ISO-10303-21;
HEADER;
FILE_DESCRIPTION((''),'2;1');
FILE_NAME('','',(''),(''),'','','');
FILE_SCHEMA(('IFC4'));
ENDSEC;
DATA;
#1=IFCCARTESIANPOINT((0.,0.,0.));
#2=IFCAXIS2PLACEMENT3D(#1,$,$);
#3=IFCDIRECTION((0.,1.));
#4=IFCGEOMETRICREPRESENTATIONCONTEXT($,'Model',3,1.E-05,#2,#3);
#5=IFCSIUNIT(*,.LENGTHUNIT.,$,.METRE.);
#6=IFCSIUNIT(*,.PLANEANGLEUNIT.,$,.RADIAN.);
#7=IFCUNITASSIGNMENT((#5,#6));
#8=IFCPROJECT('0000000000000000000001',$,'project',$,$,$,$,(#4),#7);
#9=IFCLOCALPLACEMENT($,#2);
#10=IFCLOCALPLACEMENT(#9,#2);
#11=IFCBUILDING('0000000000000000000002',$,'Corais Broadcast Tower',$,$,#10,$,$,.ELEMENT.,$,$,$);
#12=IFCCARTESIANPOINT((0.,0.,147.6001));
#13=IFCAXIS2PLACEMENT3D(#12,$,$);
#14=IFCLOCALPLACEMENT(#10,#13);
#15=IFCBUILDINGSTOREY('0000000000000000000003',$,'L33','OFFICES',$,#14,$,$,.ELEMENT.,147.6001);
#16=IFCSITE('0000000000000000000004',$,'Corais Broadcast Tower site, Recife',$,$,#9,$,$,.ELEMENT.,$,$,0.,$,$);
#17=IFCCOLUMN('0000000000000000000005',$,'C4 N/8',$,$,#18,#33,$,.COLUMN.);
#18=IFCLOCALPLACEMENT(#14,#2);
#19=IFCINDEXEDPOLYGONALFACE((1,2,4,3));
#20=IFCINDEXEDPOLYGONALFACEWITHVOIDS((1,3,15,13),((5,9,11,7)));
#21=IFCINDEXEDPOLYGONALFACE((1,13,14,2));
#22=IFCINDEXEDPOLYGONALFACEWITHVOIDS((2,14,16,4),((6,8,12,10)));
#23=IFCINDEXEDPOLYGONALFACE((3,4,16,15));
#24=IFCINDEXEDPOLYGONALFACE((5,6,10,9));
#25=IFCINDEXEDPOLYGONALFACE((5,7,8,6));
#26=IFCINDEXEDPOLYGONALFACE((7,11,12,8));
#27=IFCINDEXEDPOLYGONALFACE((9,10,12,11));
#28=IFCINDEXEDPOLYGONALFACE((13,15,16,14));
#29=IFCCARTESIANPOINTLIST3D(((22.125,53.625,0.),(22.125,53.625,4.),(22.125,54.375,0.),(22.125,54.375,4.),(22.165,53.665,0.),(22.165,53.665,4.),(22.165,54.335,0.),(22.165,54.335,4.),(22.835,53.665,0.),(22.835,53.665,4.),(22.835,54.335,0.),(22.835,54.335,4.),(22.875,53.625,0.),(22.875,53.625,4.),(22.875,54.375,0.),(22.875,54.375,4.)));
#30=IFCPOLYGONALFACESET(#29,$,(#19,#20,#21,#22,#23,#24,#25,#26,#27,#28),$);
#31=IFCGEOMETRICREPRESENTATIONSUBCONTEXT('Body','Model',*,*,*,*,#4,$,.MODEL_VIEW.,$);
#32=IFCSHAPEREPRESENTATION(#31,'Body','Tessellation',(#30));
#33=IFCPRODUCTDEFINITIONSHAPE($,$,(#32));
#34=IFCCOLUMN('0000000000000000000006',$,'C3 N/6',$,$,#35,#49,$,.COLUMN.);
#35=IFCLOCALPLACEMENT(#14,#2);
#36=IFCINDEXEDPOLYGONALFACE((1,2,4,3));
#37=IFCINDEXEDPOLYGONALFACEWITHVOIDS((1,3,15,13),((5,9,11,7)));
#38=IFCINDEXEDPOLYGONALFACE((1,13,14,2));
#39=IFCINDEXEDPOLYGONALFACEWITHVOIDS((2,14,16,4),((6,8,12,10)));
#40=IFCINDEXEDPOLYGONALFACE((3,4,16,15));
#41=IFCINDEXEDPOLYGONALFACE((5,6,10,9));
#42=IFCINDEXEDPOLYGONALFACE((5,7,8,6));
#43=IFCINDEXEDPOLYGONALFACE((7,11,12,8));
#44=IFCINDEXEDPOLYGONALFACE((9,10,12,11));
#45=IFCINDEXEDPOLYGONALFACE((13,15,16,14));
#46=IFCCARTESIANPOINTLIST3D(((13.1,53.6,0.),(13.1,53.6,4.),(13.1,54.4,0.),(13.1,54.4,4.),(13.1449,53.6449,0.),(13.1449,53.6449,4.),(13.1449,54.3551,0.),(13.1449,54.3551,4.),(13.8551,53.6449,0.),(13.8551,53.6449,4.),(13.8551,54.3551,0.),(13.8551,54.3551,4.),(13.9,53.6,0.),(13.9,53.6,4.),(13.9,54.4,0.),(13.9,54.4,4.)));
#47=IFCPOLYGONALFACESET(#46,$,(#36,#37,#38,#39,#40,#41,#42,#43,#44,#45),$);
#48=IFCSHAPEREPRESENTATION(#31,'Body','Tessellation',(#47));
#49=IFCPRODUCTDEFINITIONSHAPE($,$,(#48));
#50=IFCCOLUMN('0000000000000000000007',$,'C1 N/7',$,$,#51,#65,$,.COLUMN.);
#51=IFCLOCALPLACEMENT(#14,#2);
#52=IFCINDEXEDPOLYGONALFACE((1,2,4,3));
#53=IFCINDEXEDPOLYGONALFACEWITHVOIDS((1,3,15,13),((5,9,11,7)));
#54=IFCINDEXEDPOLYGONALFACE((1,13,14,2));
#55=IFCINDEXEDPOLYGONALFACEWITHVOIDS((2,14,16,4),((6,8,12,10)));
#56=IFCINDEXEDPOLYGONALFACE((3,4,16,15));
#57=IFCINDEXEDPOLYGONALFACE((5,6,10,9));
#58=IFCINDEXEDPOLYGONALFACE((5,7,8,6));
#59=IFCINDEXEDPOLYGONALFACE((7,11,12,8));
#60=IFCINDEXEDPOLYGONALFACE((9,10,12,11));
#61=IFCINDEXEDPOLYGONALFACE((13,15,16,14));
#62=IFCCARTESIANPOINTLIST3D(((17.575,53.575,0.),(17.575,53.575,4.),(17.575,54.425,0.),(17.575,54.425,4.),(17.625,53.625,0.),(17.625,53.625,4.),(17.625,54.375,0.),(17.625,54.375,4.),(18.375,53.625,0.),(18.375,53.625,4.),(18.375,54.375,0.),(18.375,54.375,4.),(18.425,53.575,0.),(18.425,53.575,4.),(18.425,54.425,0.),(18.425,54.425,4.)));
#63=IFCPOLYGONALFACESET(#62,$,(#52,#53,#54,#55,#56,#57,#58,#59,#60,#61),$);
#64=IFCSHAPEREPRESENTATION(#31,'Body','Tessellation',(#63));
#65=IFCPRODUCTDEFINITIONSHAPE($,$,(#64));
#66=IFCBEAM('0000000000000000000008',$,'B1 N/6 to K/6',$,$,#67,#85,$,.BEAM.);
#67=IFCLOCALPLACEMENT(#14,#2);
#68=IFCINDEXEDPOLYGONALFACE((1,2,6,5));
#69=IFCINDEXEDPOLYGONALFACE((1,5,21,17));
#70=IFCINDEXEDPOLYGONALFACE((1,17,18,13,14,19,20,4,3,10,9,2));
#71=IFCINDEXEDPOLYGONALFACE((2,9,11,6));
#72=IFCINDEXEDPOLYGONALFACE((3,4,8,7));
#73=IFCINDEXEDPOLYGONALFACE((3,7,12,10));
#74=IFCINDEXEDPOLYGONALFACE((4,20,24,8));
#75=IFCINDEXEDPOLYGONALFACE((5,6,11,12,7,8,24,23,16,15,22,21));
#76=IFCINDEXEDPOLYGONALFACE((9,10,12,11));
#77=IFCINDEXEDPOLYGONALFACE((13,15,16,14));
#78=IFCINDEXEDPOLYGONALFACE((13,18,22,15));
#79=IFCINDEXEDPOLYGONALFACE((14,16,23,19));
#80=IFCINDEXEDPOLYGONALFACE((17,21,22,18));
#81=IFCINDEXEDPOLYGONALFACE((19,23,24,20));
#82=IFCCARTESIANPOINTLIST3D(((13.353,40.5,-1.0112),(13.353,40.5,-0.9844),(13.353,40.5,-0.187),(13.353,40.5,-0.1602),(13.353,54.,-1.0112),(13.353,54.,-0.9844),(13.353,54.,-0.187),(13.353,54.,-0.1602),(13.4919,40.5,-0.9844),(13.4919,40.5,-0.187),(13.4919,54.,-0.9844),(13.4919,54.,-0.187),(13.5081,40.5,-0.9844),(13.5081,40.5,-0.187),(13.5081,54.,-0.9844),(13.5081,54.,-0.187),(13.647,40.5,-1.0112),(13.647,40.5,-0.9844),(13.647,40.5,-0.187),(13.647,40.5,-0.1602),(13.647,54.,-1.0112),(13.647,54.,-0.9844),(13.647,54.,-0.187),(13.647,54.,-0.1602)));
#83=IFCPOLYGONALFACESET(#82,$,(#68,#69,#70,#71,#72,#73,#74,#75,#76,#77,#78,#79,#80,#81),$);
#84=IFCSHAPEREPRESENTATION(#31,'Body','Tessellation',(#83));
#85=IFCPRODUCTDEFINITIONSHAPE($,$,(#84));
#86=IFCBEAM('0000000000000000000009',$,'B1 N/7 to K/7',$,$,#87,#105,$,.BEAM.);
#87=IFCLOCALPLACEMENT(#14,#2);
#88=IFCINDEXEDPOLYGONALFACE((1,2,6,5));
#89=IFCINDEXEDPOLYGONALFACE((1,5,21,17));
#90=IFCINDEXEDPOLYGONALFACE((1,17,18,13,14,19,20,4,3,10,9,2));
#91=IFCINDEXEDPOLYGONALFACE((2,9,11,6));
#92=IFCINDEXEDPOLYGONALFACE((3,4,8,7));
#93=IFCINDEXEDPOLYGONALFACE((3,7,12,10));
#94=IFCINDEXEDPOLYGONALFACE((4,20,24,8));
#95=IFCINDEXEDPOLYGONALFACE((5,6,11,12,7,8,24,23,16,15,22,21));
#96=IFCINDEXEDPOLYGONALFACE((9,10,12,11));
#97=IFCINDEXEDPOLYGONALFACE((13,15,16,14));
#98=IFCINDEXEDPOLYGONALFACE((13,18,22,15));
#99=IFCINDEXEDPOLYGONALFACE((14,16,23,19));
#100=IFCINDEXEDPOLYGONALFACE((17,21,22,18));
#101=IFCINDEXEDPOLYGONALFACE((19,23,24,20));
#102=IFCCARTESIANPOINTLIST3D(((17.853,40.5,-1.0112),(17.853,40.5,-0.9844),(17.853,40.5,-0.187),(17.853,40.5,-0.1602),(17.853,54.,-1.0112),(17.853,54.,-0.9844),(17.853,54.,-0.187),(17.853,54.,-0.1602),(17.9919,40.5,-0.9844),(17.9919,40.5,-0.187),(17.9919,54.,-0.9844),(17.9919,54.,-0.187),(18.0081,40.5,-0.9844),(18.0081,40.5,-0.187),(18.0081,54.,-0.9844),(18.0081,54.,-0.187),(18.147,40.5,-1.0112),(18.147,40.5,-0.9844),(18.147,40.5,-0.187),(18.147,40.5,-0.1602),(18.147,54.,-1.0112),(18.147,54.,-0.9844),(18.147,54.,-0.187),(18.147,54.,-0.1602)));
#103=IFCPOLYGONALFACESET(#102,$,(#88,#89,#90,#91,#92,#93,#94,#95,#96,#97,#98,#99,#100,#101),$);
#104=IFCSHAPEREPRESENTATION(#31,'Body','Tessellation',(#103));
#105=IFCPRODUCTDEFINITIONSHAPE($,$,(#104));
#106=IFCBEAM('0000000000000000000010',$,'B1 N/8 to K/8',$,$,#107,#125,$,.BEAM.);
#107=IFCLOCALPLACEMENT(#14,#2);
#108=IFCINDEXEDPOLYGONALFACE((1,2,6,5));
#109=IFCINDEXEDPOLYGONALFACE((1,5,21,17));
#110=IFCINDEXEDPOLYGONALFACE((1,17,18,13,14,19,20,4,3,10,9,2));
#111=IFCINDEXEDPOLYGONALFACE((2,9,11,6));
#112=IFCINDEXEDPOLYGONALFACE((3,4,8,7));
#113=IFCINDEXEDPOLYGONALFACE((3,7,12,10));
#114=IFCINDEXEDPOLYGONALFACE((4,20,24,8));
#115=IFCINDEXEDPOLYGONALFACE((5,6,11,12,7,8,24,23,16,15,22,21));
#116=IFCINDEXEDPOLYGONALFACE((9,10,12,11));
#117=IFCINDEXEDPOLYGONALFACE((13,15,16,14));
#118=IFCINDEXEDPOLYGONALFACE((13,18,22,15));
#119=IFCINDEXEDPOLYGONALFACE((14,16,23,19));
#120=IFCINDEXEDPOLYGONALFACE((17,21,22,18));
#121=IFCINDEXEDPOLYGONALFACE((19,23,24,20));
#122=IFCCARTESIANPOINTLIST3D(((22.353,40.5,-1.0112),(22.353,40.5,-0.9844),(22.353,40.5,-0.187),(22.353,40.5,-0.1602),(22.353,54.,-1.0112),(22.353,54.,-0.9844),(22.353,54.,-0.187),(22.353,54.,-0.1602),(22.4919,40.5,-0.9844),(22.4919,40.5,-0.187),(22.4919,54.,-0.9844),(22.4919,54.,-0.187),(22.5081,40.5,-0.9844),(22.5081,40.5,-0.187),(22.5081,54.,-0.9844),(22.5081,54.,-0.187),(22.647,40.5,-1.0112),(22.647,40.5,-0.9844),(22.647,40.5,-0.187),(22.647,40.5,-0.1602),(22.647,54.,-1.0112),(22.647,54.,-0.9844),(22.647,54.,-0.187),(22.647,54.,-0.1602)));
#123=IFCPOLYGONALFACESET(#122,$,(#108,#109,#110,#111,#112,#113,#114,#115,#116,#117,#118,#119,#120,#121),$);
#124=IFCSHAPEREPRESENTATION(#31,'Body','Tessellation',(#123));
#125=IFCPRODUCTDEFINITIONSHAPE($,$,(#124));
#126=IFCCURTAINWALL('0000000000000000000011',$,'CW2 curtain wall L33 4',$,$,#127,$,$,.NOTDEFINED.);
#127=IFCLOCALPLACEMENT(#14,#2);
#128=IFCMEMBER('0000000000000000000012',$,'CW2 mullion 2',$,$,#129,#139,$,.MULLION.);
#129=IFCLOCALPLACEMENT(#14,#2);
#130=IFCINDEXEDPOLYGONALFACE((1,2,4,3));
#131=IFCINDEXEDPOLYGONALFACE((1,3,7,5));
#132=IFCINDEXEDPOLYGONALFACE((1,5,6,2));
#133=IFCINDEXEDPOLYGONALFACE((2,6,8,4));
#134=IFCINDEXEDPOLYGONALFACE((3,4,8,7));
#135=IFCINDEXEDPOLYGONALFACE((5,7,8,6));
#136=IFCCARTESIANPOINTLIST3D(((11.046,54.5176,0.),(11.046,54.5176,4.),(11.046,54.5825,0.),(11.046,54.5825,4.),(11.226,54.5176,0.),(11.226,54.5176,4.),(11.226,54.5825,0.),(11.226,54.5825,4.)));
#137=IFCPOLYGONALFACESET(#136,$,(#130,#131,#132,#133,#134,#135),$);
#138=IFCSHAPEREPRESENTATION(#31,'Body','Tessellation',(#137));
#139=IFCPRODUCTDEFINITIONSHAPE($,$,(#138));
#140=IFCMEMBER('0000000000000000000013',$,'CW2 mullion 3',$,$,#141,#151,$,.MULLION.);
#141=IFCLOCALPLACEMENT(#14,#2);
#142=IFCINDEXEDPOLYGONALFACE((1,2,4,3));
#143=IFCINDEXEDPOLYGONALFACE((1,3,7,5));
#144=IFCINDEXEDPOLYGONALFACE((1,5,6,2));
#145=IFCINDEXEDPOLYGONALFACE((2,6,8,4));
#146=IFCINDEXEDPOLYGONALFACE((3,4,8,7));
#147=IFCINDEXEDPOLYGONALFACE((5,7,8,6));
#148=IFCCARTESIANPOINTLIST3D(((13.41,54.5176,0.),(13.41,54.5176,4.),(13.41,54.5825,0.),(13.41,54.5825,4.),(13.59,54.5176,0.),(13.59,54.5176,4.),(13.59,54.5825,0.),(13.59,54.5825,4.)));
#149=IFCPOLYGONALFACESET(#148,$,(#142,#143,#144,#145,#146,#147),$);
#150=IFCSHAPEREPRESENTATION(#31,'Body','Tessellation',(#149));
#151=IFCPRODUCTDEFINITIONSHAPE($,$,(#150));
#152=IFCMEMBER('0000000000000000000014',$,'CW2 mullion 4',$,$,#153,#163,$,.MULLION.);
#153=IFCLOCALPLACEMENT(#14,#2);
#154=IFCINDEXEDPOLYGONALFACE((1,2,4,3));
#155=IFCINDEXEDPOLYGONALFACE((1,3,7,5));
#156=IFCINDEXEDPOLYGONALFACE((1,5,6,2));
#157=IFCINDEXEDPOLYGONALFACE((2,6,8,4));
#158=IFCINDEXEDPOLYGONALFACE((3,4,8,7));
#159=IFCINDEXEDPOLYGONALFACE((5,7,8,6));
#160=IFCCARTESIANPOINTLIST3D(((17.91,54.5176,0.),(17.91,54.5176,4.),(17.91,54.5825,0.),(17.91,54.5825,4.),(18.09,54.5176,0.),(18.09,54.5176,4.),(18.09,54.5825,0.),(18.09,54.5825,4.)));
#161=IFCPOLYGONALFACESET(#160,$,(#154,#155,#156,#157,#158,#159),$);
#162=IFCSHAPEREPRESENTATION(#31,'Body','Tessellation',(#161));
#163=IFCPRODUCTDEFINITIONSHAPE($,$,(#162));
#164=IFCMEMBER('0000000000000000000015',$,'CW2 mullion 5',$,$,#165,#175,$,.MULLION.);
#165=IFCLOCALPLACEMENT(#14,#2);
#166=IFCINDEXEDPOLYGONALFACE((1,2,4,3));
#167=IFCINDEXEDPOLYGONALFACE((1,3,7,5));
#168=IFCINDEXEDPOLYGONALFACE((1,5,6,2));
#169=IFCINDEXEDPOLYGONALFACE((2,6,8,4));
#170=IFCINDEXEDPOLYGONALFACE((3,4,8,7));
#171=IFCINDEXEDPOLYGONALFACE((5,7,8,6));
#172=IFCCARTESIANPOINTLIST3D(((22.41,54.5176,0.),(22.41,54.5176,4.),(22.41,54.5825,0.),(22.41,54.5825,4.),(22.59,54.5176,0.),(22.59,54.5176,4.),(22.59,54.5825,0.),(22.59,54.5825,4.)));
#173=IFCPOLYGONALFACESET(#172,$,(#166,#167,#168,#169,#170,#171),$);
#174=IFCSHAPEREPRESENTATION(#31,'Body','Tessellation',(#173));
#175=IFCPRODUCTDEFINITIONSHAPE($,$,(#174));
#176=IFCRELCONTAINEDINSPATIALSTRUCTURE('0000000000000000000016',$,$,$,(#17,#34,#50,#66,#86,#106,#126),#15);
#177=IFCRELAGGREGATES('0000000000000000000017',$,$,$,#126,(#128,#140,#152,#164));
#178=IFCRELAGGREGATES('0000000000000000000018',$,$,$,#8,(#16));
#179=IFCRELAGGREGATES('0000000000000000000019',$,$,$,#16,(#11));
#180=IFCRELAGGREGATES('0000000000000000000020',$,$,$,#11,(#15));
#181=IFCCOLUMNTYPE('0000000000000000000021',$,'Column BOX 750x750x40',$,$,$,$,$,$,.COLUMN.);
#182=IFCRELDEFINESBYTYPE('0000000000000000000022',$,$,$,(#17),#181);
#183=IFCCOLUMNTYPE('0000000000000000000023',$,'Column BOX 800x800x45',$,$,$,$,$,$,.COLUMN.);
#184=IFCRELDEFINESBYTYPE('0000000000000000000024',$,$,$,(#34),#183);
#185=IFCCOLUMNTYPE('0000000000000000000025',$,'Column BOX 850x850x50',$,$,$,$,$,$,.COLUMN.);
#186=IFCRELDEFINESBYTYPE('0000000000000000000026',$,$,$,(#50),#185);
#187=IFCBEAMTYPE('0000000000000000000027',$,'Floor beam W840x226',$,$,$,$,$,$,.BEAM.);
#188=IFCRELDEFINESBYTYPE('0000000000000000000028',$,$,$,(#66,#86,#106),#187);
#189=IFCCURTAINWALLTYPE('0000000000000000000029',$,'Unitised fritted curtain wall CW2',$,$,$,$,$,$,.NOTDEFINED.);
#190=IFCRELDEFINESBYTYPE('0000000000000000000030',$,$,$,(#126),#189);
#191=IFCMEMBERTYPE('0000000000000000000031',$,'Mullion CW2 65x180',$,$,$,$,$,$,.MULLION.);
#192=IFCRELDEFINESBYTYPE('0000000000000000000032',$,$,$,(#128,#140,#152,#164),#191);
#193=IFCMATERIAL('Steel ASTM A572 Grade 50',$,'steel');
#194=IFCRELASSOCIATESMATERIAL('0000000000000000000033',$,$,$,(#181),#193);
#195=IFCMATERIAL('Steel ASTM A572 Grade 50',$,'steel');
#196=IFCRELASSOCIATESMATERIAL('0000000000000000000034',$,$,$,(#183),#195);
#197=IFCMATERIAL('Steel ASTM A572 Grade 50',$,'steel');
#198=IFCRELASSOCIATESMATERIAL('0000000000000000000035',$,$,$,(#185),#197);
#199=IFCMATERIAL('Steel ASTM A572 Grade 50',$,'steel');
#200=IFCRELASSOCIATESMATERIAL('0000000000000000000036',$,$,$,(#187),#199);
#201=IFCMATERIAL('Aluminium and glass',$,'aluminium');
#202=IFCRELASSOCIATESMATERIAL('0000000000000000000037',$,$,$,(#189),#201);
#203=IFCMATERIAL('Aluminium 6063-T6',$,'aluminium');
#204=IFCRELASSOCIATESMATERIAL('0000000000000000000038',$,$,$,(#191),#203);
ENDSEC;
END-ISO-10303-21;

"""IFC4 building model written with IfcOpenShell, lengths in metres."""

from ifc_helpers import new_model, si_unit, direction, frame, origin, origin_2d, place, context, subcontext, project, spatial, rectangle, hollow_rectangle, i_section, extrude, material, material_profile, profile_set, type_object, element, aggregate, save


model = new_model("IFC4")

# Units and contexts
model_context = context("Model", 3, precision=1e-05, world=origin(), true_north=direction((0.0, 1.0)))
body_context = subcontext(model_context, "Body", "Model", "MODEL_VIEW")
ifc_project = project(units=[si_unit("LENGTHUNIT", "METRE"), si_unit("PLANEANGLEUNIT", "RADIAN")], contexts=[model_context])

# Site, building, storey
site_placement = place(None, origin())
site = spatial("IfcSite", under=ifc_project, at=site_placement, Name="Corais Broadcast Tower site, Recife", CompositionType="ELEMENT", RefElevation=0.0)
building_placement = place(site_placement, origin())
building = spatial("IfcBuilding", under=site, at=building_placement, Name="Corais Broadcast Tower", CompositionType="ELEMENT")
storey_placement = place(building_placement, frame((0.0, 0.0, 147.6001)))
storey = spatial("IfcBuildingStorey", under=building, at=storey_placement, Name="L33", Description="OFFICES", CompositionType="ELEMENT", Elevation=147.6001)

# Columns
ifc_material_1 = material(Name="Steel ASTM A572 Grade 50", Category="steel")
ifc_material_profile_1 = material_profile(ifc_material_1, hollow_rectangle(XDim=0.75, YDim=0.75, WallThickness=0.04, at=origin_2d()), Name="BOX 750x750x40")
ifc_profile_set_1 = profile_set([ifc_material_profile_1], Name="Steel ASTM A572 Grade 50")
column_type_1 = type_object("IfcColumnType", Name="Column BOX 750x750x40", PredefinedType="COLUMN", material=ifc_profile_set_1)
column_1_placement = place(storey_placement, frame((22.5, 54.0, 0.0), z_axis=(0.0, 0.0, 1.0), x_axis=(1.0, 0.0, 0.0)))
element("IfcColumn", 1, at=column_1_placement, inside=storey, type_object=column_type_1, Name="C4 N/8", PredefinedType="COLUMN", context=body_context, shape_type="SweptSolid", body=[
    extrude(hollow_rectangle(XDim=0.75, YDim=0.75, WallThickness=0.04, at=origin_2d()), origin(), (0.0, 0.0, 1.0), 4.0),
])
ifc_material_2 = material(Name="Steel ASTM A572 Grade 50", Category="steel")
ifc_material_profile_2 = material_profile(ifc_material_2, hollow_rectangle(XDim=0.8, YDim=0.8, WallThickness=0.0449, at=origin_2d()), Name="BOX 800x800x45")
ifc_profile_set_2 = profile_set([ifc_material_profile_2], Name="Steel ASTM A572 Grade 50")
column_type_2 = type_object("IfcColumnType", Name="Column BOX 800x800x45", PredefinedType="COLUMN", material=ifc_profile_set_2)
column_2_placement = place(storey_placement, frame((13.5, 54.0, 0.0), z_axis=(0.0, 0.0, 1.0), x_axis=(1.0, 0.0, 0.0)))
element("IfcColumn", 2, at=column_2_placement, inside=storey, type_object=column_type_2, Name="C3 N/6", PredefinedType="COLUMN", context=body_context, shape_type="SweptSolid", body=[
    extrude(hollow_rectangle(XDim=0.8, YDim=0.8, WallThickness=0.0449, at=origin_2d()), origin(), (0.0, 0.0, 1.0), 4.0),
])
ifc_material_3 = material(Name="Steel ASTM A572 Grade 50", Category="steel")
ifc_material_profile_3 = material_profile(ifc_material_3, hollow_rectangle(XDim=0.8501, YDim=0.8501, WallThickness=0.05, at=origin_2d()), Name="BOX 850x850x50")
ifc_profile_set_3 = profile_set([ifc_material_profile_3], Name="Steel ASTM A572 Grade 50")
column_type_3 = type_object("IfcColumnType", Name="Column BOX 850x850x50", PredefinedType="COLUMN", material=ifc_profile_set_3)
column_3_placement = place(storey_placement, frame((18.0, 54.0, 0.0), z_axis=(0.0, 0.0, 1.0), x_axis=(1.0, 0.0, 0.0)))
element("IfcColumn", 3, at=column_3_placement, inside=storey, type_object=column_type_3, Name="C1 N/7", PredefinedType="COLUMN", context=body_context, shape_type="SweptSolid", body=[
    extrude(hollow_rectangle(XDim=0.8501, YDim=0.8501, WallThickness=0.05, at=origin_2d()), origin(), (0.0, 0.0, 1.0), 4.0),
])

# Beams
ifc_material_4 = material(Name="Steel ASTM A572 Grade 50", Category="steel")
ifc_material_profile_4 = material_profile(ifc_material_4, i_section(OverallWidth=0.2939, OverallDepth=0.8511, WebThickness=0.0161, FlangeThickness=0.0269, at=origin_2d()), Name="W840x226")
ifc_profile_set_4 = profile_set([ifc_material_profile_4], Name="Steel ASTM A572 Grade 50")
beam_type_1 = type_object("IfcBeamType", Name="Floor beam W840x226", PredefinedType="BEAM", material=ifc_profile_set_4)
for number, where, z_axis, x_axis, name in (
    (4, (13.5, 54.0, -0.5857), (0.0, -1.0, 0.0), (1.0, 0.0, 0.0), "B1 N/6 to K/6"),
    (5, (18.0, 54.0, -0.5857), (0.0, -1.0, 0.0), (1.0, 0.0, 0.0), "B1 N/7 to K/7"),
    (6, (22.5, 54.0, -0.5857), (0.0, -1.0, 0.0), (1.0, 0.0, 0.0), "B1 N/8 to K/8"),
):
    element("IfcBeam", number, at=place(storey_placement, frame(where, z_axis=z_axis, x_axis=x_axis)), inside=storey, type_object=beam_type_1, Name=name, PredefinedType="BEAM", context=body_context, shape_type="SweptSolid", body=[
        extrude(i_section(OverallWidth=0.2939, OverallDepth=0.8511, WebThickness=0.0161, FlangeThickness=0.0269, at=origin_2d()), origin(), (0.0, 0.0, 1.0), 13.5),
    ])

# Curtain wall, members
ifc_material_5 = material(Name="Aluminium and glass", Category="aluminium")
curtain_wall_type = type_object("IfcCurtainWallType", Name="Unitised fritted curtain wall CW2", PredefinedType="NOTDEFINED", material=ifc_material_5)
curtain_wall_placement = place(storey_placement, origin())
curtain_wall = element("IfcCurtainWall", 7, at=curtain_wall_placement, inside=storey, type_object=curtain_wall_type, Name="CW2 curtain wall L33 4", PredefinedType="NOTDEFINED")
ifc_material_6 = material(Name="Aluminium 6063-T6", Category="aluminium")
ifc_material_profile_5 = material_profile(ifc_material_6, rectangle(XDim=0.0649, YDim=0.1799, at=origin_2d()), Name="Mullion CW2 65x180")
ifc_profile_set_5 = profile_set([ifc_material_profile_5], Name="Aluminium 6063-T6")
member_type_1 = type_object("IfcMemberType", Name="Mullion CW2 65x180", PredefinedType="MULLION", material=ifc_profile_set_5)
member_1_placement = place(storey_placement, frame((11.136, 54.55, 0.0), z_axis=(0.0, 0.0, 1.0), x_axis=(0.0, 1.0, 0.0)))
member_1 = element("IfcMember", 8, at=member_1_placement, type_object=member_type_1, Name="CW2 mullion 2", PredefinedType="MULLION", context=body_context, shape_type="SweptSolid", body=[
    extrude(rectangle(XDim=0.0649, YDim=0.1799, at=origin_2d()), origin(), (0.0, 0.0, 1.0), 4.0),
])
member_2_placement = place(storey_placement, frame((13.5, 54.55, 0.0), z_axis=(0.0, 0.0, 1.0), x_axis=(0.0, 1.0, 0.0)))
member_2 = element("IfcMember", 9, at=member_2_placement, type_object=member_type_1, Name="CW2 mullion 3", PredefinedType="MULLION", context=body_context, shape_type="SweptSolid", body=[
    extrude(rectangle(XDim=0.0649, YDim=0.1799, at=origin_2d()), origin(), (0.0, 0.0, 1.0), 4.0),
])
member_3_placement = place(storey_placement, frame((18.0, 54.55, 0.0), z_axis=(0.0, 0.0, 1.0), x_axis=(0.0, 1.0, 0.0)))
member_3 = element("IfcMember", 10, at=member_3_placement, type_object=member_type_1, Name="CW2 mullion 4", PredefinedType="MULLION", context=body_context, shape_type="SweptSolid", body=[
    extrude(rectangle(XDim=0.0649, YDim=0.1799, at=origin_2d()), origin(), (0.0, 0.0, 1.0), 4.0),
])
member_4_placement = place(storey_placement, frame((22.5, 54.55, 0.0), z_axis=(0.0, 0.0, 1.0), x_axis=(0.0, 1.0, 0.0)))
member_4 = element("IfcMember", 11, at=member_4_placement, type_object=member_type_1, Name="CW2 mullion 5", PredefinedType="MULLION", context=body_context, shape_type="SweptSolid", body=[
    extrude(rectangle(XDim=0.0649, YDim=0.1799, at=origin_2d()), origin(), (0.0, 0.0, 1.0), 4.0),
])

aggregate(curtain_wall, [member_1, member_2, member_3, member_4])

save(model, "model.ifc")
